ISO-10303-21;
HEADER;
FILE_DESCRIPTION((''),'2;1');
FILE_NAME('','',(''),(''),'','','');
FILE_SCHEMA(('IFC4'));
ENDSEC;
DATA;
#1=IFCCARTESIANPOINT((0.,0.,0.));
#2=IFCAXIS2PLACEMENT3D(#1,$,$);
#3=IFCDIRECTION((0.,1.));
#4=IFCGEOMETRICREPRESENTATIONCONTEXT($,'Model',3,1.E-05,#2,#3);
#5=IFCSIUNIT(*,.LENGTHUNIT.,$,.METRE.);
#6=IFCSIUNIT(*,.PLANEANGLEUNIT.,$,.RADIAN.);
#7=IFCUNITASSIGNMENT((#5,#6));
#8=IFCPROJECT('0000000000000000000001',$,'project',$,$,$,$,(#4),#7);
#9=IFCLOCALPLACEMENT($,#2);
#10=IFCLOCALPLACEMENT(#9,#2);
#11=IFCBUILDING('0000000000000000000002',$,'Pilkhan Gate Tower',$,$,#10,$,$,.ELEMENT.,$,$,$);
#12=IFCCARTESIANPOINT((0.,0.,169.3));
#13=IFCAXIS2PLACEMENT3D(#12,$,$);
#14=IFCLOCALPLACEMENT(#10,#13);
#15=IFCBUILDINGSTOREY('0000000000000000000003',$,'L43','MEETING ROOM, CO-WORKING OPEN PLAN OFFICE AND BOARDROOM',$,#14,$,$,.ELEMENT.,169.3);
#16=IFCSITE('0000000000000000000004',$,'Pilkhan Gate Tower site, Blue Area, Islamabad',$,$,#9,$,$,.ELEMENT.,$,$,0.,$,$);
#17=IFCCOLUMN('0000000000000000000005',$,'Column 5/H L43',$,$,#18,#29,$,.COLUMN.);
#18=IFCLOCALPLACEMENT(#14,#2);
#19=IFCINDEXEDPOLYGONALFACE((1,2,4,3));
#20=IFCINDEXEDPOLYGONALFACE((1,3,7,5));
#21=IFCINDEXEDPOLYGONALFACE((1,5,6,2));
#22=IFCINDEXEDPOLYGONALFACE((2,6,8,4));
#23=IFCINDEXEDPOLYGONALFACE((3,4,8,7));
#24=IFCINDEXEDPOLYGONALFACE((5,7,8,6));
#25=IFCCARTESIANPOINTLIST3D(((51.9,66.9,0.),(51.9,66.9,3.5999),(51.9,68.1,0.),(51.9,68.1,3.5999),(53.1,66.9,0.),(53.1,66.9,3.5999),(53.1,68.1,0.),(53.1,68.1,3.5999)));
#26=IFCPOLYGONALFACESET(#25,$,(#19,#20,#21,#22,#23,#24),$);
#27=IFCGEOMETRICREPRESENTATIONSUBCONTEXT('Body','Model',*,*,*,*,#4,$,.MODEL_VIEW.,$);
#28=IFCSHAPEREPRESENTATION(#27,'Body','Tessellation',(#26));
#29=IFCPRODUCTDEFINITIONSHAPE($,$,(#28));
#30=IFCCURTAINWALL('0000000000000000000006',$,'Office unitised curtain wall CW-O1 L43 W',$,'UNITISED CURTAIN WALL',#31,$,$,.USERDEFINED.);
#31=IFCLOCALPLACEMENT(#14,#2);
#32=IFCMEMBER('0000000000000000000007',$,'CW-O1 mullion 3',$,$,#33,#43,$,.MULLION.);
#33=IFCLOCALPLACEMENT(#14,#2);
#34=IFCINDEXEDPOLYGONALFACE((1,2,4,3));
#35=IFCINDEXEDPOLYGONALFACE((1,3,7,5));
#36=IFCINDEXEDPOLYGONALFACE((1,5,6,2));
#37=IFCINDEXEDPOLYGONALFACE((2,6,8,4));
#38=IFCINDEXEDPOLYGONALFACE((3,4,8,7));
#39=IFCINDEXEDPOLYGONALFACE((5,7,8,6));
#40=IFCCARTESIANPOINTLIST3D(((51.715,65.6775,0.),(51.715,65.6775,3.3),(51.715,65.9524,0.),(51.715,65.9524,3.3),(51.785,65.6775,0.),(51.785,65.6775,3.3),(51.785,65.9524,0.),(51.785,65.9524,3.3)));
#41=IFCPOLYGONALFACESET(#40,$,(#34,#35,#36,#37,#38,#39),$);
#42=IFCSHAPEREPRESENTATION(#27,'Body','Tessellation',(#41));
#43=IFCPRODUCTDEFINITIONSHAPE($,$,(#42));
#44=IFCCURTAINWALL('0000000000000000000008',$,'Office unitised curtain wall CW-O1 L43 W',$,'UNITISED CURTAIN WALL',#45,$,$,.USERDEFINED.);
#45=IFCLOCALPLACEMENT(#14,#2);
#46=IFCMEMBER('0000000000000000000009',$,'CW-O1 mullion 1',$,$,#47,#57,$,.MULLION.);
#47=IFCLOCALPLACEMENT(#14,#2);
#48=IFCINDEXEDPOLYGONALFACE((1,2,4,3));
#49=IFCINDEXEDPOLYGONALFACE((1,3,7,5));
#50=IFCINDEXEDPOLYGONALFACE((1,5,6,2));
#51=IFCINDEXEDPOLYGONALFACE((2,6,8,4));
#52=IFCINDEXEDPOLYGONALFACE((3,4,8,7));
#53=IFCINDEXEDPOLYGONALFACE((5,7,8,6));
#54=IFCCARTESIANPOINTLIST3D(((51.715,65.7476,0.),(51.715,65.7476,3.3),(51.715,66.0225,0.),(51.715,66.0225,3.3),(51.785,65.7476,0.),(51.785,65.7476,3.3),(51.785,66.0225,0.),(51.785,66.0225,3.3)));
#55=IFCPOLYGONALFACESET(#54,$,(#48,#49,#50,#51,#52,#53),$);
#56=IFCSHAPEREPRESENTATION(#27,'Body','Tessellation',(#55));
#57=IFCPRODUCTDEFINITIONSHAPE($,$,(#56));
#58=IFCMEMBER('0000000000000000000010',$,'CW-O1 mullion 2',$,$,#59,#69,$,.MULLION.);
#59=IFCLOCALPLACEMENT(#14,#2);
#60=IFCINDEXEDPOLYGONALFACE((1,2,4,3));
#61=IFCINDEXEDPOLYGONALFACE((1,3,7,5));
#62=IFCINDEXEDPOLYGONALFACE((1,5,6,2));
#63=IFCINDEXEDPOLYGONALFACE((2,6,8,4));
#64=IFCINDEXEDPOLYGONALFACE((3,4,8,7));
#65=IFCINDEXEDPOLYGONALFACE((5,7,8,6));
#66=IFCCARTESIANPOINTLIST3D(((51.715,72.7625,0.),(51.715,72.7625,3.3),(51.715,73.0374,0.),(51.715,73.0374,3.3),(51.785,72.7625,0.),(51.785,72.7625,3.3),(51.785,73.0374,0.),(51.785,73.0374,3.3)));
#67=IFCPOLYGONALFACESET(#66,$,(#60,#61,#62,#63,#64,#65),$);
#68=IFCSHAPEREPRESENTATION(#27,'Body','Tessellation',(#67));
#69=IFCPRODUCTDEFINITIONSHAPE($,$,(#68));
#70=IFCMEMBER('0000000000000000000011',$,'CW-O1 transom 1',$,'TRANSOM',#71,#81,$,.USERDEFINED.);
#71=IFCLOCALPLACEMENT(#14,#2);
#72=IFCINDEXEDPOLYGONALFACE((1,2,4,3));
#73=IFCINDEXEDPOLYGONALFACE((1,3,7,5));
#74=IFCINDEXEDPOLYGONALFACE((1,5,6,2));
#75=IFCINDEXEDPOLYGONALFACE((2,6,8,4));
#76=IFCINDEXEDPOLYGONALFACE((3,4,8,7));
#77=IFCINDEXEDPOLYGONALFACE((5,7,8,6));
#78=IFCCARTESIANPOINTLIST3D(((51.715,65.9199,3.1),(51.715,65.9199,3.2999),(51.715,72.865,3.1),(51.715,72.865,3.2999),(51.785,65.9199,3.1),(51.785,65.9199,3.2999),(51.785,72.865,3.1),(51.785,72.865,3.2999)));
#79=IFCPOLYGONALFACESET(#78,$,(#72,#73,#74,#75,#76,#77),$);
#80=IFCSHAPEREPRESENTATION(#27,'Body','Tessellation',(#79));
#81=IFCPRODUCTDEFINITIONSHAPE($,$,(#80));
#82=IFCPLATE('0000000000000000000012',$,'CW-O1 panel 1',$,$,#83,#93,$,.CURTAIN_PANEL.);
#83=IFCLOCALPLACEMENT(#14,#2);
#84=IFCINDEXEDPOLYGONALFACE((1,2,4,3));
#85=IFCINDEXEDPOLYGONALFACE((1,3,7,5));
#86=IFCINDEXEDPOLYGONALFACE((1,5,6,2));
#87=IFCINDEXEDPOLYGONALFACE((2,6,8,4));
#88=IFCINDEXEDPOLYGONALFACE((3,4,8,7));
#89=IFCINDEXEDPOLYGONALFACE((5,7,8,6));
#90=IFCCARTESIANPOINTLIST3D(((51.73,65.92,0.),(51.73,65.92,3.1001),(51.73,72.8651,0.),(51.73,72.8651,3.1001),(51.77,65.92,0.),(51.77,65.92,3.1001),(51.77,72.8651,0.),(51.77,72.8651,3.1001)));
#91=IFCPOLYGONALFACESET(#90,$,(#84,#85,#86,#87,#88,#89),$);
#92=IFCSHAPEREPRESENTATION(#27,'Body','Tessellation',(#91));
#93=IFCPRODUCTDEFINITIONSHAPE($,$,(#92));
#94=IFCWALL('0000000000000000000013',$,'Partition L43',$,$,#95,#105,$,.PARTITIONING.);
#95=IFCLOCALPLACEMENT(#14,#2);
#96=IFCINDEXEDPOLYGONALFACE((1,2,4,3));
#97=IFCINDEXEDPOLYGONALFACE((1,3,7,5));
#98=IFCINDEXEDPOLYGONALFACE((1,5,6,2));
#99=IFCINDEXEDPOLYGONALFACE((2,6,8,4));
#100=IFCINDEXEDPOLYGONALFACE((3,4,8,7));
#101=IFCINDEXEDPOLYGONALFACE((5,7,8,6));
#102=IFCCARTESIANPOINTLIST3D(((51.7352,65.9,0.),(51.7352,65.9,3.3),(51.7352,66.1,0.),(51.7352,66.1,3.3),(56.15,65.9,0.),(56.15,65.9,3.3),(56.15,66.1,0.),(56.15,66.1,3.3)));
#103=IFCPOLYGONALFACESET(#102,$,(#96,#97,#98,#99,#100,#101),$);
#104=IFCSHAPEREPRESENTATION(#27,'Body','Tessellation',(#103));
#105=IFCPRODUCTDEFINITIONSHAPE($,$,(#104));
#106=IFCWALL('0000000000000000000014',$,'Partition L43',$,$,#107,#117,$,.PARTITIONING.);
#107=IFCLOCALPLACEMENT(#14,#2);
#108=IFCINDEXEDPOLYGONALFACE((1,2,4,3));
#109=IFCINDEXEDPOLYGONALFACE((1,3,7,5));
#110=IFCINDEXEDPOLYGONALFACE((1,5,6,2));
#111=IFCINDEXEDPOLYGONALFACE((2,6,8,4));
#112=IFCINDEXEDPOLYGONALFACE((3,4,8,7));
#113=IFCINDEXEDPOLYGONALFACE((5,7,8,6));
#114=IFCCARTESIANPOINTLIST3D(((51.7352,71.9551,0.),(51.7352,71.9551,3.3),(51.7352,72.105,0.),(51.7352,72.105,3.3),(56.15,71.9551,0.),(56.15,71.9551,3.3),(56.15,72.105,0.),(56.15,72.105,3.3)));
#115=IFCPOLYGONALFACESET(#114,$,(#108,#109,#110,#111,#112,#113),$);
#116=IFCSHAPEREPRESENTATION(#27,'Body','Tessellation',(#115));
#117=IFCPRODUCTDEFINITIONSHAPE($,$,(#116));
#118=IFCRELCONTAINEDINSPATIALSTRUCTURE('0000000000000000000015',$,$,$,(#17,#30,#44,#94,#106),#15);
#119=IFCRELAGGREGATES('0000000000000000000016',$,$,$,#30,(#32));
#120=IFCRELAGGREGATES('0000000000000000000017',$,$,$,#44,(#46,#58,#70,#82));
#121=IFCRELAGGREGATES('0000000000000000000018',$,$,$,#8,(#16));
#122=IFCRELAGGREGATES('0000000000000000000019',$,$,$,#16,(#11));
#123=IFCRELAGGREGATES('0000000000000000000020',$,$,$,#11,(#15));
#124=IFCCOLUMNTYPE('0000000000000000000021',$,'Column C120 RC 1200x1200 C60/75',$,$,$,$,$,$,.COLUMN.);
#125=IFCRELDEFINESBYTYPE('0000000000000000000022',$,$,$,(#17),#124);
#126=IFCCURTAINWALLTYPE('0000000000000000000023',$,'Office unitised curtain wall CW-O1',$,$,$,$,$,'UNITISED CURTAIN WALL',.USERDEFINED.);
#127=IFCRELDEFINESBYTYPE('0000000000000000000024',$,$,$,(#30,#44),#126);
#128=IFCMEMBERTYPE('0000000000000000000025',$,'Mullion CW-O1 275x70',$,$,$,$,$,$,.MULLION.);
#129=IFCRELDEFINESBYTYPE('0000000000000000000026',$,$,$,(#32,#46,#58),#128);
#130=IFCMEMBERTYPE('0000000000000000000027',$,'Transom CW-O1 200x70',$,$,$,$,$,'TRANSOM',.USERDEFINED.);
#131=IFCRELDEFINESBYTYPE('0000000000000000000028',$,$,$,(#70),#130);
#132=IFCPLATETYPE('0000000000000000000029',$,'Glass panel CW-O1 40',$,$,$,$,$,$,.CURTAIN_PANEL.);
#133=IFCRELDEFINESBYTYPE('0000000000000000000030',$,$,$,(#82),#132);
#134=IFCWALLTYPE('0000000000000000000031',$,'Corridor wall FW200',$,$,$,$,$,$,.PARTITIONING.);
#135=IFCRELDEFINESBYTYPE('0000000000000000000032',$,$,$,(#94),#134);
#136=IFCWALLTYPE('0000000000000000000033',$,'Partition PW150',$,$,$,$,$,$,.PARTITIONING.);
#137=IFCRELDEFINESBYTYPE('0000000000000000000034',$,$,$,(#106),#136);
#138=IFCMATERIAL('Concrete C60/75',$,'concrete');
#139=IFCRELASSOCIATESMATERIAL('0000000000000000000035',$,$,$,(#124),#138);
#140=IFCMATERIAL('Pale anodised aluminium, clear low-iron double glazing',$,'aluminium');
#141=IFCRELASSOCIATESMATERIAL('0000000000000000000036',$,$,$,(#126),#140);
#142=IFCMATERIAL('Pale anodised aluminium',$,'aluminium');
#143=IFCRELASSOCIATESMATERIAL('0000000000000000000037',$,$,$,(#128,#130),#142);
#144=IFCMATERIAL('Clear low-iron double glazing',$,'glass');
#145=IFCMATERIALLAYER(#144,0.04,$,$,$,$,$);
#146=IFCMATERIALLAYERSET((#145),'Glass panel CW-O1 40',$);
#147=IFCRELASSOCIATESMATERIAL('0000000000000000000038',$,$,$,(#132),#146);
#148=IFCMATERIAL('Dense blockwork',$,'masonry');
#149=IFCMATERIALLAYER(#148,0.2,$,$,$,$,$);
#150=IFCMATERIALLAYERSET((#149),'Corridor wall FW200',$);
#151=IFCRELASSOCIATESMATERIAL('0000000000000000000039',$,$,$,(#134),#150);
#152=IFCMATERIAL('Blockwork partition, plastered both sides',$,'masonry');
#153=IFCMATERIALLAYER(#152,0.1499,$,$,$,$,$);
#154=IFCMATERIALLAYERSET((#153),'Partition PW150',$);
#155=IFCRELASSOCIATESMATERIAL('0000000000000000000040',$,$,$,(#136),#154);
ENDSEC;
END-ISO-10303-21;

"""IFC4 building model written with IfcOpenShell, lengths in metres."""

from ifc_helpers import new_model, si_unit, direction, frame, frame_2d, origin, origin_2d, place, context, subcontext, project, spatial, rectangle, extrude, material, layer, layer_set, material_profile, profile_set, type_object, element, aggregate, save


model = new_model("IFC4")

# Units and contexts
model_context = context("Model", 3, precision=1e-05, world=origin(), true_north=direction((0.0, 1.0)))
body_context = subcontext(model_context, "Body", "Model", "MODEL_VIEW")
ifc_project = project(units=[si_unit("LENGTHUNIT", "METRE"), si_unit("PLANEANGLEUNIT", "RADIAN")], contexts=[model_context])

# Site, building, storey
site_placement = place(None, origin())
site = spatial("IfcSite", under=ifc_project, at=site_placement, Name="Pilkhan Gate Tower site, Blue Area, Islamabad", CompositionType="ELEMENT", RefElevation=0.0)
building_placement = place(site_placement, origin())
building = spatial("IfcBuilding", under=site, at=building_placement, Name="Pilkhan Gate Tower", CompositionType="ELEMENT")
storey_placement = place(building_placement, frame((0.0, 0.0, 169.3)))
storey = spatial("IfcBuildingStorey", under=building, at=storey_placement, Name="L43", Description="MEETING ROOM, CO-WORKING OPEN PLAN OFFICE AND BOARDROOM", CompositionType="ELEMENT", Elevation=169.3)

# Column
ifc_material_1 = material(Name="Concrete C60/75", Category="concrete")
ifc_material_profile_1 = material_profile(ifc_material_1, rectangle(XDim=1.2, YDim=1.2, at=origin_2d()), Name="RC 1200x1200")
ifc_profile_set_1 = profile_set([ifc_material_profile_1], Name="Concrete C60/75")
column_type = type_object("IfcColumnType", Name="Column C120 RC 1200x1200 C60/75", PredefinedType="COLUMN", material=ifc_profile_set_1)
column_placement = place(storey_placement, frame((52.5, 67.5, 0.0), z_axis=(0.0, 0.0, 1.0), x_axis=(1.0, 0.0, 0.0)))
element("IfcColumn", 1, at=column_placement, inside=storey, type_object=column_type, Name="Column 5/H L43", PredefinedType="COLUMN", context=body_context, shape_type="SweptSolid", body=[
    extrude(rectangle(XDim=1.2, YDim=1.2, at=origin_2d()), origin(), (0.0, 0.0, 1.0), 3.5999),
])

# Curtain wall, member
ifc_material_2 = material(Name="Pale anodised aluminium, clear low-iron double glazing", Category="aluminium")
curtain_wall_type = type_object("IfcCurtainWallType", Name="Office unitised curtain wall CW-O1", ElementType="UNITISED CURTAIN WALL", PredefinedType="USERDEFINED", material=ifc_material_2)
curtain_wall_1_placement = place(storey_placement, origin())
curtain_wall_1 = element("IfcCurtainWall", 2, at=curtain_wall_1_placement, inside=storey, type_object=curtain_wall_type, Name="Office unitised curtain wall CW-O1 L43 W", ObjectType="UNITISED CURTAIN WALL", PredefinedType="USERDEFINED")
ifc_material_3 = material(Name="Pale anodised aluminium", Category="aluminium")
ifc_material_profile_2 = material_profile(ifc_material_3, rectangle(XDim=0.0701, YDim=0.2749, at=origin_2d()), Name="Mullion 275x70")
ifc_profile_set_2 = profile_set([ifc_material_profile_2], Name="Pale anodised aluminium")
member_type_1 = type_object("IfcMemberType", Name="Mullion CW-O1 275x70", PredefinedType="MULLION", material=ifc_profile_set_2)
member_1_placement = place(storey_placement, frame((51.75, 65.8149, 0.0), z_axis=(0.0, 0.0, 1.0), x_axis=(-1.0, 0.0, 0.0)))
member_1 = element("IfcMember", 3, at=member_1_placement, type_object=member_type_1, Name="CW-O1 mullion 3", PredefinedType="MULLION", context=body_context, shape_type="SweptSolid", body=[
    extrude(rectangle(XDim=0.0701, YDim=0.2749, at=origin_2d()), origin(), (0.0, 0.0, 1.0), 3.3),
])
aggregate(curtain_wall_1, [member_1])

# Curtain wall, members, plate
curtain_wall_2_placement = place(storey_placement, origin())
curtain_wall_2 = element("IfcCurtainWall", 4, at=curtain_wall_2_placement, inside=storey, type_object=curtain_wall_type, Name="Office unitised curtain wall CW-O1 L43 W", ObjectType="UNITISED CURTAIN WALL", PredefinedType="USERDEFINED")
member_2_placement = place(storey_placement, frame((51.75, 65.885, 0.0), z_axis=(0.0, 0.0, 1.0), x_axis=(-1.0, 0.0, 0.0)))
member_2 = element("IfcMember", 5, at=member_2_placement, type_object=member_type_1, Name="CW-O1 mullion 1", PredefinedType="MULLION", context=body_context, shape_type="SweptSolid", body=[
    extrude(rectangle(XDim=0.0701, YDim=0.2749, at=origin_2d()), origin(), (0.0, 0.0, 1.0), 3.3),
])
member_3_placement = place(storey_placement, frame((51.75, 72.8999, 0.0), z_axis=(0.0, 0.0, 1.0), x_axis=(-1.0, 0.0, 0.0)))
member_3 = element("IfcMember", 6, at=member_3_placement, type_object=member_type_1, Name="CW-O1 mullion 2", PredefinedType="MULLION", context=body_context, shape_type="SweptSolid", body=[
    extrude(rectangle(XDim=0.0701, YDim=0.2749, at=origin_2d()), origin(), (0.0, 0.0, 1.0), 3.3),
])
ifc_material_profile_3 = material_profile(ifc_material_3, rectangle(XDim=0.0701, YDim=0.2, at=origin_2d()), Name="Transom 200x70")
ifc_profile_set_3 = profile_set([ifc_material_profile_3], Name="Pale anodised aluminium")
member_type_2 = type_object("IfcMemberType", Name="Transom CW-O1 200x70", ElementType="TRANSOM", PredefinedType="USERDEFINED", material=ifc_profile_set_3)
member_4_placement = place(storey_placement, frame((51.75, 65.9199, 3.2), z_axis=(0.0, 1.0, 0.0), x_axis=(-1.0, 0.0, 0.0)))
member_4 = element("IfcMember", 7, at=member_4_placement, type_object=member_type_2, Name="CW-O1 transom 1", ObjectType="TRANSOM", PredefinedType="USERDEFINED", context=body_context, shape_type="SweptSolid", body=[
    extrude(rectangle(XDim=0.0701, YDim=0.2, at=origin_2d()), origin(), (0.0, 0.0, 1.0), 6.9451),
])
ifc_material_4 = material(Name="Clear low-iron double glazing", Category="glass")
ifc_layer_1 = layer(ifc_material_4, 0.04)
ifc_layer_set_1 = layer_set([ifc_layer_1], Name="Glass panel CW-O1 40")
plate_type = type_object("IfcPlateType", Name="Glass panel CW-O1 40", PredefinedType="CURTAIN_PANEL", material=ifc_layer_set_1)
plate_placement = place(storey_placement, frame((51.75, 69.3926, 0.0), z_axis=(0.0, 0.0, 1.0), x_axis=(0.0, 1.0, 0.0)))
plate = element("IfcPlate", 8, at=plate_placement, type_object=plate_type, Name="CW-O1 panel 1", PredefinedType="CURTAIN_PANEL", context=body_context, shape_type="SweptSolid", body=[
    extrude(rectangle(XDim=6.9451, YDim=0.04, at=origin_2d()), origin(), (0.0, 0.0, 1.0), 3.1001),
])
aggregate(curtain_wall_2, [member_2, member_3, member_4, plate])

# Walls
ifc_material_5 = material(Name="Dense blockwork", Category="masonry")
ifc_layer_2 = layer(ifc_material_5, 0.2)
ifc_layer_set_2 = layer_set([ifc_layer_2], Name="Corridor wall FW200")
wall_type_1 = type_object("IfcWallType", Name="Corridor wall FW200", PredefinedType="PARTITIONING", material=ifc_layer_set_2)
wall_1_placement = place(storey_placement, frame((51.7351, 66.0, 0.0), z_axis=(0.0, 0.0, 1.0), x_axis=(1.0, 0.0, 0.0)))
element("IfcWall", 9, at=wall_1_placement, inside=storey, type_object=wall_type_1, Name="Partition L43", PredefinedType="PARTITIONING", context=body_context, shape_type="SweptSolid", body=[
    extrude(rectangle(XDim=4.4148, YDim=0.2, at=frame_2d((2.2075, 0.0))), origin(), (0.0, 0.0, 1.0), 3.3),
])
ifc_material_6 = material(Name="Blockwork partition, plastered both sides", Category="masonry")
ifc_layer_3 = layer(ifc_material_6, 0.1499)
ifc_layer_set_3 = layer_set([ifc_layer_3], Name="Partition PW150")
wall_type_2 = type_object("IfcWallType", Name="Partition PW150", PredefinedType="PARTITIONING", material=ifc_layer_set_3)
wall_2_placement = place(storey_placement, frame((51.7351, 72.03, 0.0), z_axis=(0.0, 0.0, 1.0), x_axis=(1.0, 0.0, 0.0)))
element("IfcWall", 10, at=wall_2_placement, inside=storey, type_object=wall_type_2, Name="Partition L43", PredefinedType="PARTITIONING", context=body_context, shape_type="SweptSolid", body=[
    extrude(rectangle(XDim=4.4148, YDim=0.1499, at=frame_2d((2.2075, 0.0))), origin(), (0.0, 0.0, 1.0), 3.3),
])

save(model, "model.ifc")
